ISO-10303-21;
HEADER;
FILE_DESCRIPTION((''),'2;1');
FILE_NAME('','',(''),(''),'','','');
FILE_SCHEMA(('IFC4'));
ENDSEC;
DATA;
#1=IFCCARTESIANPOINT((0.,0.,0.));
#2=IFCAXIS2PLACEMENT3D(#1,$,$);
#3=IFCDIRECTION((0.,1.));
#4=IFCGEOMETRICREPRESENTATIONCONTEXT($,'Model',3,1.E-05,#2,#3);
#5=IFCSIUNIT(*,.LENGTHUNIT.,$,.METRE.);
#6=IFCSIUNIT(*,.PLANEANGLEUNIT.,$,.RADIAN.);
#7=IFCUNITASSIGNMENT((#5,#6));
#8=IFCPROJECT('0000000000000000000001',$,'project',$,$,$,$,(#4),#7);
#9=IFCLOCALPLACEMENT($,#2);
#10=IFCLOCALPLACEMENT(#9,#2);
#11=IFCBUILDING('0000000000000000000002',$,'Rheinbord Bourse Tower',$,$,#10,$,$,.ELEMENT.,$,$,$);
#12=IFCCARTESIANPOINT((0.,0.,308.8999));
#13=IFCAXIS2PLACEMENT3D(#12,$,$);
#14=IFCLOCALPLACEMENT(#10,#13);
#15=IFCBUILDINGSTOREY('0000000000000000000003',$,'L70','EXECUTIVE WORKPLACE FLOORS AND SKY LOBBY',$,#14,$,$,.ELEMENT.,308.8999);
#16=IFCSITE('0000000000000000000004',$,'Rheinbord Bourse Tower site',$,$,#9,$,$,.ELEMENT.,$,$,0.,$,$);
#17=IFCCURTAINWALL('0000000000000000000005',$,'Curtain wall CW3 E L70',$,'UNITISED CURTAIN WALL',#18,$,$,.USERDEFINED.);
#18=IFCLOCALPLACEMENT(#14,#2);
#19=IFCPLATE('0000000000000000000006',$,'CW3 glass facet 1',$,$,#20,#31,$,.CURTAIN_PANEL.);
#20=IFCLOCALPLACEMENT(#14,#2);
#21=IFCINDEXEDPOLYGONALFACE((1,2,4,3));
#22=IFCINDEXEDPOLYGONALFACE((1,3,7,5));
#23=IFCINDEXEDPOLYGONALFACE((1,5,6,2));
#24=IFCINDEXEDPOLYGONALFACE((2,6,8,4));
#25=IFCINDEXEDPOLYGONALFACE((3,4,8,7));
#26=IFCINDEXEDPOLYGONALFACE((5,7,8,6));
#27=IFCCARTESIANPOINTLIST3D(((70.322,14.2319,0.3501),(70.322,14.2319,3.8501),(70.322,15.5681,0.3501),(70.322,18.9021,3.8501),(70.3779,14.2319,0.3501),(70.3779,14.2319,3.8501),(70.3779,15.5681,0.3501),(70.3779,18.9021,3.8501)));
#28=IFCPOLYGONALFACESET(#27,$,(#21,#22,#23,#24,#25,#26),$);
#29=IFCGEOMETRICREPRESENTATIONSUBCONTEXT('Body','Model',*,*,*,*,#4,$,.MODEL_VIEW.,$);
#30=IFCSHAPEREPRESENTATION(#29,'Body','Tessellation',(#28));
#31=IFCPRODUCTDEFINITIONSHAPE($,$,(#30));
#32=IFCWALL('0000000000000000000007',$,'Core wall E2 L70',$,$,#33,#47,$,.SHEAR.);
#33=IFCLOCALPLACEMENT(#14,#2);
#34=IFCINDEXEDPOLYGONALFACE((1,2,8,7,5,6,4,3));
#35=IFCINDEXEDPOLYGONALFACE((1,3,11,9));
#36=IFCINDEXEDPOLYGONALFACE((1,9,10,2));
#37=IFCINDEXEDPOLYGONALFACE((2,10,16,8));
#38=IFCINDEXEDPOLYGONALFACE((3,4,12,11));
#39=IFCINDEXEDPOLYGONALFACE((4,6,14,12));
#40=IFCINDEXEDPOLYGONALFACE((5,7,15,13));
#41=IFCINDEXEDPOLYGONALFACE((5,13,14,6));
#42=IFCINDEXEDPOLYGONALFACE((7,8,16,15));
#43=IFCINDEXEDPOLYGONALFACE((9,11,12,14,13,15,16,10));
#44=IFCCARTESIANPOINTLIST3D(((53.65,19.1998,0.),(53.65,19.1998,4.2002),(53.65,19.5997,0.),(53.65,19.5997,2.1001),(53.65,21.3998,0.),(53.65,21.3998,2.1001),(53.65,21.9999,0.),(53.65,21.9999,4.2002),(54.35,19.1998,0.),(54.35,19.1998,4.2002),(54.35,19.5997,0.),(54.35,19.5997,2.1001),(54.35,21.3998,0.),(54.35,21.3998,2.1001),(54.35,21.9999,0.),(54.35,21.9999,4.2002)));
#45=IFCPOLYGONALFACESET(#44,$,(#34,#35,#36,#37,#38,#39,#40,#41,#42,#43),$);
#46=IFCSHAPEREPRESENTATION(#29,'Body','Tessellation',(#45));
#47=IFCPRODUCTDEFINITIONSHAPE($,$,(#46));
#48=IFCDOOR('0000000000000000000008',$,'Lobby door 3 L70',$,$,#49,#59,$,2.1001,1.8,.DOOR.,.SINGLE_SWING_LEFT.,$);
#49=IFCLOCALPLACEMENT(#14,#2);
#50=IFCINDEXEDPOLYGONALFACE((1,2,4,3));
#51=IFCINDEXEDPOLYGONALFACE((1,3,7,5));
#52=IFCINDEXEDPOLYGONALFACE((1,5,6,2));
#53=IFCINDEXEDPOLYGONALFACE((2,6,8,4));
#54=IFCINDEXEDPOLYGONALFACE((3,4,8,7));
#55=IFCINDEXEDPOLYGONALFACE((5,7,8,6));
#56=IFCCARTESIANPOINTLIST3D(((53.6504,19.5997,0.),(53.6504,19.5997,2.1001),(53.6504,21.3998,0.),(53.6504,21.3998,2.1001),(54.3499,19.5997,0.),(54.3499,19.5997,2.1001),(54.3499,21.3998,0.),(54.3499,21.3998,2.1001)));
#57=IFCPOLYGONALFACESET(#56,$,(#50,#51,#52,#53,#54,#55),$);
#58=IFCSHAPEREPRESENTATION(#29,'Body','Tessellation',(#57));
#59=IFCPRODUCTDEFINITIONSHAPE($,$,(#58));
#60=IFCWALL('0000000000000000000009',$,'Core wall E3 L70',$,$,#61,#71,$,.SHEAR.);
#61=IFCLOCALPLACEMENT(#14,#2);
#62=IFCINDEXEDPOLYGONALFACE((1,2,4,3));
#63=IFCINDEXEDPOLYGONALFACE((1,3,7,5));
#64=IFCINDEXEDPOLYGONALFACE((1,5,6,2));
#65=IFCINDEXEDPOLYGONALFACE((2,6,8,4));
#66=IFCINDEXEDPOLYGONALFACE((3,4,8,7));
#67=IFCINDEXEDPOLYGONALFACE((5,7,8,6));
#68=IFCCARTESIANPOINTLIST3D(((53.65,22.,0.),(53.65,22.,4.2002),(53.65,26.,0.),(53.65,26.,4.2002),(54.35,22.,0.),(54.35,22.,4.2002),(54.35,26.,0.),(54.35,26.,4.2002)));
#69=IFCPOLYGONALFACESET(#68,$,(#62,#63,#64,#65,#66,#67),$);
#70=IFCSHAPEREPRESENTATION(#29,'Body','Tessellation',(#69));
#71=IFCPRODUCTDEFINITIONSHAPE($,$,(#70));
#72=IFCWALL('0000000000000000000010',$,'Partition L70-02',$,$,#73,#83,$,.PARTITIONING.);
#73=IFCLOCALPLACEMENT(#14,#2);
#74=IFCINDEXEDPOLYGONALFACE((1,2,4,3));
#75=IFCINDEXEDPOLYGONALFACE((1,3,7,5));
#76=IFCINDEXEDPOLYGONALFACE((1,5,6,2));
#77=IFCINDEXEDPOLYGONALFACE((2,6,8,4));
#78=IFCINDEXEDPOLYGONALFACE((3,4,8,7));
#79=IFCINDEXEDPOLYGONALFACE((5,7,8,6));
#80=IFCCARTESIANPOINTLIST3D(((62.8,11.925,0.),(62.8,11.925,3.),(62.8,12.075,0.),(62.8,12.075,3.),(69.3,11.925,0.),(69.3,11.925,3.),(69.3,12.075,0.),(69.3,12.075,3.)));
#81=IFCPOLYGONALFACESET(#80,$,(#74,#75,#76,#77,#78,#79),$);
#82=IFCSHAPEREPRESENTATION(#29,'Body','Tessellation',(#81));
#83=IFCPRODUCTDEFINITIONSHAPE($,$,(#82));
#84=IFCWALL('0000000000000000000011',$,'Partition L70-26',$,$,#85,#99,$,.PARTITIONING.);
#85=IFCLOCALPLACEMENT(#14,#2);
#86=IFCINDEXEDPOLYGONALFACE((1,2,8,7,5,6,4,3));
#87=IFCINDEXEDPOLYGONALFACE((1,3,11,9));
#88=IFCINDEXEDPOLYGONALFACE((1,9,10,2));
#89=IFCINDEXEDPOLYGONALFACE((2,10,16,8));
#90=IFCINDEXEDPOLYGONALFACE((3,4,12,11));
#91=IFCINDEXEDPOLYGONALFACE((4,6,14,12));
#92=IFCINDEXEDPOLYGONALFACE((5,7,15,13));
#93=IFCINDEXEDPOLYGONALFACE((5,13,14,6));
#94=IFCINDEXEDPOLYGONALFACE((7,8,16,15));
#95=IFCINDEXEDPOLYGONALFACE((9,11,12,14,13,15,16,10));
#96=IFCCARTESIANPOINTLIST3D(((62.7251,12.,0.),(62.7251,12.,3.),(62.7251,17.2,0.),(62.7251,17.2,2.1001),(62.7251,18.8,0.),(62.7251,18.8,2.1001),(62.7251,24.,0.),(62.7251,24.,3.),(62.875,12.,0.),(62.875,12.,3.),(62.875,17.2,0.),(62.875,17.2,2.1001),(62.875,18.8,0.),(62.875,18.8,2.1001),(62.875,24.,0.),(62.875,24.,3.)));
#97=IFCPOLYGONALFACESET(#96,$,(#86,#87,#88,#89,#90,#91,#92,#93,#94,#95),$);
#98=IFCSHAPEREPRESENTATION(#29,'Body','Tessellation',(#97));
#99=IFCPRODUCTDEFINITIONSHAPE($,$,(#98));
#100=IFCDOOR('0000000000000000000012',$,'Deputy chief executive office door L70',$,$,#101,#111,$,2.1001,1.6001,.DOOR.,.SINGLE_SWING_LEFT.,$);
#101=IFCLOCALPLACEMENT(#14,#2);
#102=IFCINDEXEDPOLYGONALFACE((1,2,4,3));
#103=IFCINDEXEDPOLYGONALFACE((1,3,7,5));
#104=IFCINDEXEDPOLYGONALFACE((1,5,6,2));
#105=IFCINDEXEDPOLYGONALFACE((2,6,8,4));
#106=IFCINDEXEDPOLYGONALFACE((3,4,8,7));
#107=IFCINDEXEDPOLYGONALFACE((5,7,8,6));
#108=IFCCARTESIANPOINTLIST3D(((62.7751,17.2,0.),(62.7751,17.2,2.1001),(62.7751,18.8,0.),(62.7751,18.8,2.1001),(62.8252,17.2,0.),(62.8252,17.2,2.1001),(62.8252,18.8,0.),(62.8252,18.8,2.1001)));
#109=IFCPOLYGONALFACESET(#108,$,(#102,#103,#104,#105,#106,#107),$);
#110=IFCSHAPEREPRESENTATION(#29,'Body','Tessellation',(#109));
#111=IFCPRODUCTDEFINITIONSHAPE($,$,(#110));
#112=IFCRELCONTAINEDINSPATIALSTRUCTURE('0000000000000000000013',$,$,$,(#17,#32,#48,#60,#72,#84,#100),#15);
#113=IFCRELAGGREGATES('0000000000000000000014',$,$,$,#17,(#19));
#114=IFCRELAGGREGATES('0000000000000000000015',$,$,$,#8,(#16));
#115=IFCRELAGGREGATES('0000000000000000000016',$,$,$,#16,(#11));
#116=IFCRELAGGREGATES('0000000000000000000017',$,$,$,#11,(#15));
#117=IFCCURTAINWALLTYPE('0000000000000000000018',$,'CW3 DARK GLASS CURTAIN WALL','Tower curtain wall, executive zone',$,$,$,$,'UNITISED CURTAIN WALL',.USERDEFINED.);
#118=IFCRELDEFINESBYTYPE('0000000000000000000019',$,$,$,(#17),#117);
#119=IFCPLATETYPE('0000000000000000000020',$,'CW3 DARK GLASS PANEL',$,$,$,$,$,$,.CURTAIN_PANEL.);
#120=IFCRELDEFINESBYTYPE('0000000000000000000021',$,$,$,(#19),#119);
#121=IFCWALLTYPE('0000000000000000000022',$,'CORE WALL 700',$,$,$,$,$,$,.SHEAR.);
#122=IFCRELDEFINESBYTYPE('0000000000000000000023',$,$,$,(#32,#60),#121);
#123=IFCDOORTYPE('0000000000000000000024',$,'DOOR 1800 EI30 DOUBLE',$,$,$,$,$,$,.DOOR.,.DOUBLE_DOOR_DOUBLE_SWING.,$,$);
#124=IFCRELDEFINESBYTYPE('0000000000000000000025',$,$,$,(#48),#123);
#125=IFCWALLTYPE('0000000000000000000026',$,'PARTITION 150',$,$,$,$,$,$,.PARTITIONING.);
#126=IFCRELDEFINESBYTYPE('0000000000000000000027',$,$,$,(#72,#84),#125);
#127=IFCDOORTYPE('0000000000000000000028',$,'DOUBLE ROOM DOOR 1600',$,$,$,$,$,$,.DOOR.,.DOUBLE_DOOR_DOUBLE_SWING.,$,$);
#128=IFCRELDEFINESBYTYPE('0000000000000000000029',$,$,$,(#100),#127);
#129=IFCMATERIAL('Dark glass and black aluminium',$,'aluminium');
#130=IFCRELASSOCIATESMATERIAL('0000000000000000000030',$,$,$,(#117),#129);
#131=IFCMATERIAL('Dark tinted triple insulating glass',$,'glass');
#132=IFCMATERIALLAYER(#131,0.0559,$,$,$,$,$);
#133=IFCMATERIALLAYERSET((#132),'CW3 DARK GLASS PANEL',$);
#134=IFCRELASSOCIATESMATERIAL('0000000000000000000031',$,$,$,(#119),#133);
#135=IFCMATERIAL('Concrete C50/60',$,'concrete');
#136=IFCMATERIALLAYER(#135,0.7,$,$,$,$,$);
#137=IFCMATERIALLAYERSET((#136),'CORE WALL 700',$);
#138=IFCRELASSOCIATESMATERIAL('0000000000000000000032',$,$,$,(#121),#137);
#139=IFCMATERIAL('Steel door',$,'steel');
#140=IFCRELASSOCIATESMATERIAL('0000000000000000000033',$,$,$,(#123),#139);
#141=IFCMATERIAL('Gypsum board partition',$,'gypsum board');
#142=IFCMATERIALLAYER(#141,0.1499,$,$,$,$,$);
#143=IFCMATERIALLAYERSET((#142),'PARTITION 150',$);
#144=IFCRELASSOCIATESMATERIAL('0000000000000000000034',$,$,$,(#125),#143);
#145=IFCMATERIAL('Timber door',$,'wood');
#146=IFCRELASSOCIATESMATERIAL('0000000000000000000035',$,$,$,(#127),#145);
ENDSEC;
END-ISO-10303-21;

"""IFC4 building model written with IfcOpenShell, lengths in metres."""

from ifc_helpers import new_model, si_unit, direction, frame, frame_2d, origin, place, context, subcontext, project, spatial, polyline, rectangle, outline, extrude, material, layer, layer_set, type_object, element, fill, aggregate, save


model = new_model("IFC4")

# Units and contexts
model_context = context("Model", 3, precision=1e-05, world=origin(), true_north=direction((0.0, 1.0)))
body_context = subcontext(model_context, "Body", "Model", "MODEL_VIEW")
ifc_project = project(units=[si_unit("LENGTHUNIT", "METRE"), si_unit("PLANEANGLEUNIT", "RADIAN")], contexts=[model_context])

# Site, building, storey
site_placement = place(None, origin())
site = spatial("IfcSite", under=ifc_project, at=site_placement, Name="Rheinbord Bourse Tower site", CompositionType="ELEMENT", RefElevation=0.0)
building_placement = place(site_placement, origin())
building = spatial("IfcBuilding", under=site, at=building_placement, Name="Rheinbord Bourse Tower", CompositionType="ELEMENT")
storey_placement = place(building_placement, frame((0.0, 0.0, 308.8999)))
storey = spatial("IfcBuildingStorey", under=building, at=storey_placement, Name="L70", Description="EXECUTIVE WORKPLACE FLOORS AND SKY LOBBY", CompositionType="ELEMENT", Elevation=308.8999)

# Curtain wall
ifc_material_1 = material(Name="Dark glass and black aluminium", Category="aluminium")
curtain_wall_type = type_object("IfcCurtainWallType", Name="CW3 DARK GLASS CURTAIN WALL", Description="Tower curtain wall, executive zone", ElementType="UNITISED CURTAIN WALL", PredefinedType="USERDEFINED", material=ifc_material_1)
curtain_wall_placement = place(storey_placement, origin())
curtain_wall = element("IfcCurtainWall", 1, at=curtain_wall_placement, inside=storey, type_object=curtain_wall_type, Name="Curtain wall CW3 E L70", ObjectType="UNITISED CURTAIN WALL", PredefinedType="USERDEFINED")

# Plate
ifc_material_2 = material(Name="Dark tinted triple insulating glass", Category="glass")
ifc_layer_1 = layer(ifc_material_2, 0.0559)
ifc_layer_set_1 = layer_set([ifc_layer_1], Name="CW3 DARK GLASS PANEL")
plate_type = type_object("IfcPlateType", Name="CW3 DARK GLASS PANEL", PredefinedType="CURTAIN_PANEL", material=ifc_layer_set_1)
plate_1_placement = place(storey_placement, frame((70.3779, 14.2319, 0.3501), z_axis=(-1.0, 0.0, 0.0), x_axis=(0.0, 0.0, 1.0)))
plate_1 = element("IfcPlate", 2, at=plate_1_placement, type_object=plate_type, Name="CW3 glass facet 1", PredefinedType="CURTAIN_PANEL", context=body_context, shape_type="SweptSolid", body=[
    extrude(outline(polyline([(0.0, 0.0), (3.5, 0.0), (3.5, 4.6702), (0.0, 1.3362), (0.0, 0.0)])), origin(), (0.0, 0.0, 1.0), 0.0559),
])
aggregate(curtain_wall, [plate_1])

# Wall, opening, door
ifc_material_3 = material(Name="Concrete C50/60", Category="concrete")
ifc_layer_2 = layer(ifc_material_3, 0.7)
ifc_layer_set_2 = layer_set([ifc_layer_2], Name="CORE WALL 700")
wall_type_1 = type_object("IfcWallType", Name="CORE WALL 700", PredefinedType="SHEAR", material=ifc_layer_set_2)
wall_1_placement = place(storey_placement, frame((54.0, 19.2, 0.0), z_axis=(0.0, 0.0, 1.0), x_axis=(0.0, 1.0, 0.0)))
wall_1 = element("IfcWall", 3, at=wall_1_placement, inside=storey, type_object=wall_type_1, Name="Core wall E2 L70", PredefinedType="SHEAR", context=body_context, shape_type="SweptSolid", body=[
    extrude(rectangle(XDim=2.8, YDim=0.7, at=frame_2d((1.3999, 0.0))), origin(), (0.0, 0.0, 1.0), 4.2002),
])
opening_1_placement = place(wall_1_placement, frame((0.3999, 0.0, 0.0)))
opening_1 = element("IfcOpeningElement", 4, at=opening_1_placement, cuts=wall_1, PredefinedType="OPENING", context=body_context, shape_type="SweptSolid", body=[
    extrude(rectangle(XDim=1.8, YDim=2.1001, at=frame_2d((0.8999, 1.05))), frame((0.0, 0.3599, 0.0), z_axis=(0.0, -1.0, 0.0), x_axis=(1.0, 0.0, 0.0)), (0.0, 0.0, 1.0), 0.72),
])
ifc_material_4 = material(Name="Steel door", Category="steel")
door_type_1 = type_object("IfcDoorType", Name="DOOR 1800 EI30 DOUBLE", OperationType="DOUBLE_DOOR_DOUBLE_SWING", PredefinedType="DOOR", material=ifc_material_4)
door_1_placement = place(opening_1_placement, origin())
door_1 = element("IfcDoor", 5, at=door_1_placement, inside=storey, type_object=door_type_1, Name="Lobby door 3 L70", OperationType="SINGLE_SWING_LEFT", OverallHeight=2.1001, OverallWidth=1.8, PredefinedType="DOOR", context=body_context, shape_type="SweptSolid", body=[
    extrude(rectangle(XDim=1.8, YDim=2.1001, at=frame_2d((0.8999, 1.05))), frame((0.0, 0.3496, 0.0), z_axis=(0.0, -1.0, 0.0), x_axis=(1.0, 0.0, 0.0)), (0.0, 0.0, 1.0), 0.6995),
])
fill(opening_1, door_1)

# Walls
wall_2_placement = place(storey_placement, frame((54.0, 22.0, 0.0), z_axis=(0.0, 0.0, 1.0), x_axis=(0.0, 1.0, 0.0)))
element("IfcWall", 6, at=wall_2_placement, inside=storey, type_object=wall_type_1, Name="Core wall E3 L70", PredefinedType="SHEAR", context=body_context, shape_type="SweptSolid", body=[
    extrude(rectangle(XDim=4.0, YDim=0.7, at=frame_2d((2.0, 0.0))), origin(), (0.0, 0.0, 1.0), 4.2002),
])
ifc_material_5 = material(Name="Gypsum board partition", Category="gypsum board")
ifc_layer_3 = layer(ifc_material_5, 0.1499)
ifc_layer_set_3 = layer_set([ifc_layer_3], Name="PARTITION 150")
wall_type_2 = type_object("IfcWallType", Name="PARTITION 150", PredefinedType="PARTITIONING", material=ifc_layer_set_3)
wall_3_placement = place(storey_placement, frame((62.8, 12.0, 0.0), z_axis=(0.0, 0.0, 1.0), x_axis=(1.0, 0.0, 0.0)))
element("IfcWall", 7, at=wall_3_placement, inside=storey, type_object=wall_type_2, Name="Partition L70-02", PredefinedType="PARTITIONING", context=body_context, shape_type="SweptSolid", body=[
    extrude(rectangle(XDim=6.5, YDim=0.1499, at=frame_2d((3.25, 0.0))), origin(), (0.0, 0.0, 1.0), 3.0),
])

# Wall, opening, door
wall_4_placement = place(storey_placement, frame((62.8, 12.0, 0.0), z_axis=(0.0, 0.0, 1.0), x_axis=(0.0, 1.0, 0.0)))
wall_4 = element("IfcWall", 8, at=wall_4_placement, inside=storey, type_object=wall_type_2, Name="Partition L70-26", PredefinedType="PARTITIONING", context=body_context, shape_type="SweptSolid", body=[
    extrude(rectangle(XDim=12.0, YDim=0.1499, at=frame_2d((6.0, 0.0))), origin(), (0.0, 0.0, 1.0), 3.0),
])
opening_2_placement = place(wall_4_placement, frame((5.2, 0.0, 0.0)))
opening_2 = element("IfcOpeningElement", 9, at=opening_2_placement, cuts=wall_4, PredefinedType="OPENING", context=body_context, shape_type="SweptSolid", body=[
    extrude(rectangle(XDim=1.6001, YDim=2.1001, at=frame_2d((0.8, 1.05))), frame((0.0, 0.085, 0.0), z_axis=(0.0, -1.0, 0.0), x_axis=(1.0, 0.0, 0.0)), (0.0, 0.0, 1.0), 0.1699),
])
ifc_material_6 = material(Name="Timber door", Category="wood")
door_type_2 = type_object("IfcDoorType", Name="DOUBLE ROOM DOOR 1600", OperationType="DOUBLE_DOOR_DOUBLE_SWING", PredefinedType="DOOR", material=ifc_material_6)
door_2_placement = place(opening_2_placement, origin())
door_2 = element("IfcDoor", 10, at=door_2_placement, inside=storey, type_object=door_type_2, Name="Deputy chief executive office door L70", OperationType="SINGLE_SWING_LEFT", OverallHeight=2.1001, OverallWidth=1.6001, PredefinedType="DOOR", context=body_context, shape_type="SweptSolid", body=[
    extrude(rectangle(XDim=1.6001, YDim=2.1001, at=frame_2d((0.8, 1.05))), frame((0.0, 0.0249, 0.0), z_axis=(0.0, -1.0, 0.0), x_axis=(1.0, 0.0, 0.0)), (0.0, 0.0, 1.0), 0.05),
])
fill(opening_2, door_2)

save(model, "model.ifc")
